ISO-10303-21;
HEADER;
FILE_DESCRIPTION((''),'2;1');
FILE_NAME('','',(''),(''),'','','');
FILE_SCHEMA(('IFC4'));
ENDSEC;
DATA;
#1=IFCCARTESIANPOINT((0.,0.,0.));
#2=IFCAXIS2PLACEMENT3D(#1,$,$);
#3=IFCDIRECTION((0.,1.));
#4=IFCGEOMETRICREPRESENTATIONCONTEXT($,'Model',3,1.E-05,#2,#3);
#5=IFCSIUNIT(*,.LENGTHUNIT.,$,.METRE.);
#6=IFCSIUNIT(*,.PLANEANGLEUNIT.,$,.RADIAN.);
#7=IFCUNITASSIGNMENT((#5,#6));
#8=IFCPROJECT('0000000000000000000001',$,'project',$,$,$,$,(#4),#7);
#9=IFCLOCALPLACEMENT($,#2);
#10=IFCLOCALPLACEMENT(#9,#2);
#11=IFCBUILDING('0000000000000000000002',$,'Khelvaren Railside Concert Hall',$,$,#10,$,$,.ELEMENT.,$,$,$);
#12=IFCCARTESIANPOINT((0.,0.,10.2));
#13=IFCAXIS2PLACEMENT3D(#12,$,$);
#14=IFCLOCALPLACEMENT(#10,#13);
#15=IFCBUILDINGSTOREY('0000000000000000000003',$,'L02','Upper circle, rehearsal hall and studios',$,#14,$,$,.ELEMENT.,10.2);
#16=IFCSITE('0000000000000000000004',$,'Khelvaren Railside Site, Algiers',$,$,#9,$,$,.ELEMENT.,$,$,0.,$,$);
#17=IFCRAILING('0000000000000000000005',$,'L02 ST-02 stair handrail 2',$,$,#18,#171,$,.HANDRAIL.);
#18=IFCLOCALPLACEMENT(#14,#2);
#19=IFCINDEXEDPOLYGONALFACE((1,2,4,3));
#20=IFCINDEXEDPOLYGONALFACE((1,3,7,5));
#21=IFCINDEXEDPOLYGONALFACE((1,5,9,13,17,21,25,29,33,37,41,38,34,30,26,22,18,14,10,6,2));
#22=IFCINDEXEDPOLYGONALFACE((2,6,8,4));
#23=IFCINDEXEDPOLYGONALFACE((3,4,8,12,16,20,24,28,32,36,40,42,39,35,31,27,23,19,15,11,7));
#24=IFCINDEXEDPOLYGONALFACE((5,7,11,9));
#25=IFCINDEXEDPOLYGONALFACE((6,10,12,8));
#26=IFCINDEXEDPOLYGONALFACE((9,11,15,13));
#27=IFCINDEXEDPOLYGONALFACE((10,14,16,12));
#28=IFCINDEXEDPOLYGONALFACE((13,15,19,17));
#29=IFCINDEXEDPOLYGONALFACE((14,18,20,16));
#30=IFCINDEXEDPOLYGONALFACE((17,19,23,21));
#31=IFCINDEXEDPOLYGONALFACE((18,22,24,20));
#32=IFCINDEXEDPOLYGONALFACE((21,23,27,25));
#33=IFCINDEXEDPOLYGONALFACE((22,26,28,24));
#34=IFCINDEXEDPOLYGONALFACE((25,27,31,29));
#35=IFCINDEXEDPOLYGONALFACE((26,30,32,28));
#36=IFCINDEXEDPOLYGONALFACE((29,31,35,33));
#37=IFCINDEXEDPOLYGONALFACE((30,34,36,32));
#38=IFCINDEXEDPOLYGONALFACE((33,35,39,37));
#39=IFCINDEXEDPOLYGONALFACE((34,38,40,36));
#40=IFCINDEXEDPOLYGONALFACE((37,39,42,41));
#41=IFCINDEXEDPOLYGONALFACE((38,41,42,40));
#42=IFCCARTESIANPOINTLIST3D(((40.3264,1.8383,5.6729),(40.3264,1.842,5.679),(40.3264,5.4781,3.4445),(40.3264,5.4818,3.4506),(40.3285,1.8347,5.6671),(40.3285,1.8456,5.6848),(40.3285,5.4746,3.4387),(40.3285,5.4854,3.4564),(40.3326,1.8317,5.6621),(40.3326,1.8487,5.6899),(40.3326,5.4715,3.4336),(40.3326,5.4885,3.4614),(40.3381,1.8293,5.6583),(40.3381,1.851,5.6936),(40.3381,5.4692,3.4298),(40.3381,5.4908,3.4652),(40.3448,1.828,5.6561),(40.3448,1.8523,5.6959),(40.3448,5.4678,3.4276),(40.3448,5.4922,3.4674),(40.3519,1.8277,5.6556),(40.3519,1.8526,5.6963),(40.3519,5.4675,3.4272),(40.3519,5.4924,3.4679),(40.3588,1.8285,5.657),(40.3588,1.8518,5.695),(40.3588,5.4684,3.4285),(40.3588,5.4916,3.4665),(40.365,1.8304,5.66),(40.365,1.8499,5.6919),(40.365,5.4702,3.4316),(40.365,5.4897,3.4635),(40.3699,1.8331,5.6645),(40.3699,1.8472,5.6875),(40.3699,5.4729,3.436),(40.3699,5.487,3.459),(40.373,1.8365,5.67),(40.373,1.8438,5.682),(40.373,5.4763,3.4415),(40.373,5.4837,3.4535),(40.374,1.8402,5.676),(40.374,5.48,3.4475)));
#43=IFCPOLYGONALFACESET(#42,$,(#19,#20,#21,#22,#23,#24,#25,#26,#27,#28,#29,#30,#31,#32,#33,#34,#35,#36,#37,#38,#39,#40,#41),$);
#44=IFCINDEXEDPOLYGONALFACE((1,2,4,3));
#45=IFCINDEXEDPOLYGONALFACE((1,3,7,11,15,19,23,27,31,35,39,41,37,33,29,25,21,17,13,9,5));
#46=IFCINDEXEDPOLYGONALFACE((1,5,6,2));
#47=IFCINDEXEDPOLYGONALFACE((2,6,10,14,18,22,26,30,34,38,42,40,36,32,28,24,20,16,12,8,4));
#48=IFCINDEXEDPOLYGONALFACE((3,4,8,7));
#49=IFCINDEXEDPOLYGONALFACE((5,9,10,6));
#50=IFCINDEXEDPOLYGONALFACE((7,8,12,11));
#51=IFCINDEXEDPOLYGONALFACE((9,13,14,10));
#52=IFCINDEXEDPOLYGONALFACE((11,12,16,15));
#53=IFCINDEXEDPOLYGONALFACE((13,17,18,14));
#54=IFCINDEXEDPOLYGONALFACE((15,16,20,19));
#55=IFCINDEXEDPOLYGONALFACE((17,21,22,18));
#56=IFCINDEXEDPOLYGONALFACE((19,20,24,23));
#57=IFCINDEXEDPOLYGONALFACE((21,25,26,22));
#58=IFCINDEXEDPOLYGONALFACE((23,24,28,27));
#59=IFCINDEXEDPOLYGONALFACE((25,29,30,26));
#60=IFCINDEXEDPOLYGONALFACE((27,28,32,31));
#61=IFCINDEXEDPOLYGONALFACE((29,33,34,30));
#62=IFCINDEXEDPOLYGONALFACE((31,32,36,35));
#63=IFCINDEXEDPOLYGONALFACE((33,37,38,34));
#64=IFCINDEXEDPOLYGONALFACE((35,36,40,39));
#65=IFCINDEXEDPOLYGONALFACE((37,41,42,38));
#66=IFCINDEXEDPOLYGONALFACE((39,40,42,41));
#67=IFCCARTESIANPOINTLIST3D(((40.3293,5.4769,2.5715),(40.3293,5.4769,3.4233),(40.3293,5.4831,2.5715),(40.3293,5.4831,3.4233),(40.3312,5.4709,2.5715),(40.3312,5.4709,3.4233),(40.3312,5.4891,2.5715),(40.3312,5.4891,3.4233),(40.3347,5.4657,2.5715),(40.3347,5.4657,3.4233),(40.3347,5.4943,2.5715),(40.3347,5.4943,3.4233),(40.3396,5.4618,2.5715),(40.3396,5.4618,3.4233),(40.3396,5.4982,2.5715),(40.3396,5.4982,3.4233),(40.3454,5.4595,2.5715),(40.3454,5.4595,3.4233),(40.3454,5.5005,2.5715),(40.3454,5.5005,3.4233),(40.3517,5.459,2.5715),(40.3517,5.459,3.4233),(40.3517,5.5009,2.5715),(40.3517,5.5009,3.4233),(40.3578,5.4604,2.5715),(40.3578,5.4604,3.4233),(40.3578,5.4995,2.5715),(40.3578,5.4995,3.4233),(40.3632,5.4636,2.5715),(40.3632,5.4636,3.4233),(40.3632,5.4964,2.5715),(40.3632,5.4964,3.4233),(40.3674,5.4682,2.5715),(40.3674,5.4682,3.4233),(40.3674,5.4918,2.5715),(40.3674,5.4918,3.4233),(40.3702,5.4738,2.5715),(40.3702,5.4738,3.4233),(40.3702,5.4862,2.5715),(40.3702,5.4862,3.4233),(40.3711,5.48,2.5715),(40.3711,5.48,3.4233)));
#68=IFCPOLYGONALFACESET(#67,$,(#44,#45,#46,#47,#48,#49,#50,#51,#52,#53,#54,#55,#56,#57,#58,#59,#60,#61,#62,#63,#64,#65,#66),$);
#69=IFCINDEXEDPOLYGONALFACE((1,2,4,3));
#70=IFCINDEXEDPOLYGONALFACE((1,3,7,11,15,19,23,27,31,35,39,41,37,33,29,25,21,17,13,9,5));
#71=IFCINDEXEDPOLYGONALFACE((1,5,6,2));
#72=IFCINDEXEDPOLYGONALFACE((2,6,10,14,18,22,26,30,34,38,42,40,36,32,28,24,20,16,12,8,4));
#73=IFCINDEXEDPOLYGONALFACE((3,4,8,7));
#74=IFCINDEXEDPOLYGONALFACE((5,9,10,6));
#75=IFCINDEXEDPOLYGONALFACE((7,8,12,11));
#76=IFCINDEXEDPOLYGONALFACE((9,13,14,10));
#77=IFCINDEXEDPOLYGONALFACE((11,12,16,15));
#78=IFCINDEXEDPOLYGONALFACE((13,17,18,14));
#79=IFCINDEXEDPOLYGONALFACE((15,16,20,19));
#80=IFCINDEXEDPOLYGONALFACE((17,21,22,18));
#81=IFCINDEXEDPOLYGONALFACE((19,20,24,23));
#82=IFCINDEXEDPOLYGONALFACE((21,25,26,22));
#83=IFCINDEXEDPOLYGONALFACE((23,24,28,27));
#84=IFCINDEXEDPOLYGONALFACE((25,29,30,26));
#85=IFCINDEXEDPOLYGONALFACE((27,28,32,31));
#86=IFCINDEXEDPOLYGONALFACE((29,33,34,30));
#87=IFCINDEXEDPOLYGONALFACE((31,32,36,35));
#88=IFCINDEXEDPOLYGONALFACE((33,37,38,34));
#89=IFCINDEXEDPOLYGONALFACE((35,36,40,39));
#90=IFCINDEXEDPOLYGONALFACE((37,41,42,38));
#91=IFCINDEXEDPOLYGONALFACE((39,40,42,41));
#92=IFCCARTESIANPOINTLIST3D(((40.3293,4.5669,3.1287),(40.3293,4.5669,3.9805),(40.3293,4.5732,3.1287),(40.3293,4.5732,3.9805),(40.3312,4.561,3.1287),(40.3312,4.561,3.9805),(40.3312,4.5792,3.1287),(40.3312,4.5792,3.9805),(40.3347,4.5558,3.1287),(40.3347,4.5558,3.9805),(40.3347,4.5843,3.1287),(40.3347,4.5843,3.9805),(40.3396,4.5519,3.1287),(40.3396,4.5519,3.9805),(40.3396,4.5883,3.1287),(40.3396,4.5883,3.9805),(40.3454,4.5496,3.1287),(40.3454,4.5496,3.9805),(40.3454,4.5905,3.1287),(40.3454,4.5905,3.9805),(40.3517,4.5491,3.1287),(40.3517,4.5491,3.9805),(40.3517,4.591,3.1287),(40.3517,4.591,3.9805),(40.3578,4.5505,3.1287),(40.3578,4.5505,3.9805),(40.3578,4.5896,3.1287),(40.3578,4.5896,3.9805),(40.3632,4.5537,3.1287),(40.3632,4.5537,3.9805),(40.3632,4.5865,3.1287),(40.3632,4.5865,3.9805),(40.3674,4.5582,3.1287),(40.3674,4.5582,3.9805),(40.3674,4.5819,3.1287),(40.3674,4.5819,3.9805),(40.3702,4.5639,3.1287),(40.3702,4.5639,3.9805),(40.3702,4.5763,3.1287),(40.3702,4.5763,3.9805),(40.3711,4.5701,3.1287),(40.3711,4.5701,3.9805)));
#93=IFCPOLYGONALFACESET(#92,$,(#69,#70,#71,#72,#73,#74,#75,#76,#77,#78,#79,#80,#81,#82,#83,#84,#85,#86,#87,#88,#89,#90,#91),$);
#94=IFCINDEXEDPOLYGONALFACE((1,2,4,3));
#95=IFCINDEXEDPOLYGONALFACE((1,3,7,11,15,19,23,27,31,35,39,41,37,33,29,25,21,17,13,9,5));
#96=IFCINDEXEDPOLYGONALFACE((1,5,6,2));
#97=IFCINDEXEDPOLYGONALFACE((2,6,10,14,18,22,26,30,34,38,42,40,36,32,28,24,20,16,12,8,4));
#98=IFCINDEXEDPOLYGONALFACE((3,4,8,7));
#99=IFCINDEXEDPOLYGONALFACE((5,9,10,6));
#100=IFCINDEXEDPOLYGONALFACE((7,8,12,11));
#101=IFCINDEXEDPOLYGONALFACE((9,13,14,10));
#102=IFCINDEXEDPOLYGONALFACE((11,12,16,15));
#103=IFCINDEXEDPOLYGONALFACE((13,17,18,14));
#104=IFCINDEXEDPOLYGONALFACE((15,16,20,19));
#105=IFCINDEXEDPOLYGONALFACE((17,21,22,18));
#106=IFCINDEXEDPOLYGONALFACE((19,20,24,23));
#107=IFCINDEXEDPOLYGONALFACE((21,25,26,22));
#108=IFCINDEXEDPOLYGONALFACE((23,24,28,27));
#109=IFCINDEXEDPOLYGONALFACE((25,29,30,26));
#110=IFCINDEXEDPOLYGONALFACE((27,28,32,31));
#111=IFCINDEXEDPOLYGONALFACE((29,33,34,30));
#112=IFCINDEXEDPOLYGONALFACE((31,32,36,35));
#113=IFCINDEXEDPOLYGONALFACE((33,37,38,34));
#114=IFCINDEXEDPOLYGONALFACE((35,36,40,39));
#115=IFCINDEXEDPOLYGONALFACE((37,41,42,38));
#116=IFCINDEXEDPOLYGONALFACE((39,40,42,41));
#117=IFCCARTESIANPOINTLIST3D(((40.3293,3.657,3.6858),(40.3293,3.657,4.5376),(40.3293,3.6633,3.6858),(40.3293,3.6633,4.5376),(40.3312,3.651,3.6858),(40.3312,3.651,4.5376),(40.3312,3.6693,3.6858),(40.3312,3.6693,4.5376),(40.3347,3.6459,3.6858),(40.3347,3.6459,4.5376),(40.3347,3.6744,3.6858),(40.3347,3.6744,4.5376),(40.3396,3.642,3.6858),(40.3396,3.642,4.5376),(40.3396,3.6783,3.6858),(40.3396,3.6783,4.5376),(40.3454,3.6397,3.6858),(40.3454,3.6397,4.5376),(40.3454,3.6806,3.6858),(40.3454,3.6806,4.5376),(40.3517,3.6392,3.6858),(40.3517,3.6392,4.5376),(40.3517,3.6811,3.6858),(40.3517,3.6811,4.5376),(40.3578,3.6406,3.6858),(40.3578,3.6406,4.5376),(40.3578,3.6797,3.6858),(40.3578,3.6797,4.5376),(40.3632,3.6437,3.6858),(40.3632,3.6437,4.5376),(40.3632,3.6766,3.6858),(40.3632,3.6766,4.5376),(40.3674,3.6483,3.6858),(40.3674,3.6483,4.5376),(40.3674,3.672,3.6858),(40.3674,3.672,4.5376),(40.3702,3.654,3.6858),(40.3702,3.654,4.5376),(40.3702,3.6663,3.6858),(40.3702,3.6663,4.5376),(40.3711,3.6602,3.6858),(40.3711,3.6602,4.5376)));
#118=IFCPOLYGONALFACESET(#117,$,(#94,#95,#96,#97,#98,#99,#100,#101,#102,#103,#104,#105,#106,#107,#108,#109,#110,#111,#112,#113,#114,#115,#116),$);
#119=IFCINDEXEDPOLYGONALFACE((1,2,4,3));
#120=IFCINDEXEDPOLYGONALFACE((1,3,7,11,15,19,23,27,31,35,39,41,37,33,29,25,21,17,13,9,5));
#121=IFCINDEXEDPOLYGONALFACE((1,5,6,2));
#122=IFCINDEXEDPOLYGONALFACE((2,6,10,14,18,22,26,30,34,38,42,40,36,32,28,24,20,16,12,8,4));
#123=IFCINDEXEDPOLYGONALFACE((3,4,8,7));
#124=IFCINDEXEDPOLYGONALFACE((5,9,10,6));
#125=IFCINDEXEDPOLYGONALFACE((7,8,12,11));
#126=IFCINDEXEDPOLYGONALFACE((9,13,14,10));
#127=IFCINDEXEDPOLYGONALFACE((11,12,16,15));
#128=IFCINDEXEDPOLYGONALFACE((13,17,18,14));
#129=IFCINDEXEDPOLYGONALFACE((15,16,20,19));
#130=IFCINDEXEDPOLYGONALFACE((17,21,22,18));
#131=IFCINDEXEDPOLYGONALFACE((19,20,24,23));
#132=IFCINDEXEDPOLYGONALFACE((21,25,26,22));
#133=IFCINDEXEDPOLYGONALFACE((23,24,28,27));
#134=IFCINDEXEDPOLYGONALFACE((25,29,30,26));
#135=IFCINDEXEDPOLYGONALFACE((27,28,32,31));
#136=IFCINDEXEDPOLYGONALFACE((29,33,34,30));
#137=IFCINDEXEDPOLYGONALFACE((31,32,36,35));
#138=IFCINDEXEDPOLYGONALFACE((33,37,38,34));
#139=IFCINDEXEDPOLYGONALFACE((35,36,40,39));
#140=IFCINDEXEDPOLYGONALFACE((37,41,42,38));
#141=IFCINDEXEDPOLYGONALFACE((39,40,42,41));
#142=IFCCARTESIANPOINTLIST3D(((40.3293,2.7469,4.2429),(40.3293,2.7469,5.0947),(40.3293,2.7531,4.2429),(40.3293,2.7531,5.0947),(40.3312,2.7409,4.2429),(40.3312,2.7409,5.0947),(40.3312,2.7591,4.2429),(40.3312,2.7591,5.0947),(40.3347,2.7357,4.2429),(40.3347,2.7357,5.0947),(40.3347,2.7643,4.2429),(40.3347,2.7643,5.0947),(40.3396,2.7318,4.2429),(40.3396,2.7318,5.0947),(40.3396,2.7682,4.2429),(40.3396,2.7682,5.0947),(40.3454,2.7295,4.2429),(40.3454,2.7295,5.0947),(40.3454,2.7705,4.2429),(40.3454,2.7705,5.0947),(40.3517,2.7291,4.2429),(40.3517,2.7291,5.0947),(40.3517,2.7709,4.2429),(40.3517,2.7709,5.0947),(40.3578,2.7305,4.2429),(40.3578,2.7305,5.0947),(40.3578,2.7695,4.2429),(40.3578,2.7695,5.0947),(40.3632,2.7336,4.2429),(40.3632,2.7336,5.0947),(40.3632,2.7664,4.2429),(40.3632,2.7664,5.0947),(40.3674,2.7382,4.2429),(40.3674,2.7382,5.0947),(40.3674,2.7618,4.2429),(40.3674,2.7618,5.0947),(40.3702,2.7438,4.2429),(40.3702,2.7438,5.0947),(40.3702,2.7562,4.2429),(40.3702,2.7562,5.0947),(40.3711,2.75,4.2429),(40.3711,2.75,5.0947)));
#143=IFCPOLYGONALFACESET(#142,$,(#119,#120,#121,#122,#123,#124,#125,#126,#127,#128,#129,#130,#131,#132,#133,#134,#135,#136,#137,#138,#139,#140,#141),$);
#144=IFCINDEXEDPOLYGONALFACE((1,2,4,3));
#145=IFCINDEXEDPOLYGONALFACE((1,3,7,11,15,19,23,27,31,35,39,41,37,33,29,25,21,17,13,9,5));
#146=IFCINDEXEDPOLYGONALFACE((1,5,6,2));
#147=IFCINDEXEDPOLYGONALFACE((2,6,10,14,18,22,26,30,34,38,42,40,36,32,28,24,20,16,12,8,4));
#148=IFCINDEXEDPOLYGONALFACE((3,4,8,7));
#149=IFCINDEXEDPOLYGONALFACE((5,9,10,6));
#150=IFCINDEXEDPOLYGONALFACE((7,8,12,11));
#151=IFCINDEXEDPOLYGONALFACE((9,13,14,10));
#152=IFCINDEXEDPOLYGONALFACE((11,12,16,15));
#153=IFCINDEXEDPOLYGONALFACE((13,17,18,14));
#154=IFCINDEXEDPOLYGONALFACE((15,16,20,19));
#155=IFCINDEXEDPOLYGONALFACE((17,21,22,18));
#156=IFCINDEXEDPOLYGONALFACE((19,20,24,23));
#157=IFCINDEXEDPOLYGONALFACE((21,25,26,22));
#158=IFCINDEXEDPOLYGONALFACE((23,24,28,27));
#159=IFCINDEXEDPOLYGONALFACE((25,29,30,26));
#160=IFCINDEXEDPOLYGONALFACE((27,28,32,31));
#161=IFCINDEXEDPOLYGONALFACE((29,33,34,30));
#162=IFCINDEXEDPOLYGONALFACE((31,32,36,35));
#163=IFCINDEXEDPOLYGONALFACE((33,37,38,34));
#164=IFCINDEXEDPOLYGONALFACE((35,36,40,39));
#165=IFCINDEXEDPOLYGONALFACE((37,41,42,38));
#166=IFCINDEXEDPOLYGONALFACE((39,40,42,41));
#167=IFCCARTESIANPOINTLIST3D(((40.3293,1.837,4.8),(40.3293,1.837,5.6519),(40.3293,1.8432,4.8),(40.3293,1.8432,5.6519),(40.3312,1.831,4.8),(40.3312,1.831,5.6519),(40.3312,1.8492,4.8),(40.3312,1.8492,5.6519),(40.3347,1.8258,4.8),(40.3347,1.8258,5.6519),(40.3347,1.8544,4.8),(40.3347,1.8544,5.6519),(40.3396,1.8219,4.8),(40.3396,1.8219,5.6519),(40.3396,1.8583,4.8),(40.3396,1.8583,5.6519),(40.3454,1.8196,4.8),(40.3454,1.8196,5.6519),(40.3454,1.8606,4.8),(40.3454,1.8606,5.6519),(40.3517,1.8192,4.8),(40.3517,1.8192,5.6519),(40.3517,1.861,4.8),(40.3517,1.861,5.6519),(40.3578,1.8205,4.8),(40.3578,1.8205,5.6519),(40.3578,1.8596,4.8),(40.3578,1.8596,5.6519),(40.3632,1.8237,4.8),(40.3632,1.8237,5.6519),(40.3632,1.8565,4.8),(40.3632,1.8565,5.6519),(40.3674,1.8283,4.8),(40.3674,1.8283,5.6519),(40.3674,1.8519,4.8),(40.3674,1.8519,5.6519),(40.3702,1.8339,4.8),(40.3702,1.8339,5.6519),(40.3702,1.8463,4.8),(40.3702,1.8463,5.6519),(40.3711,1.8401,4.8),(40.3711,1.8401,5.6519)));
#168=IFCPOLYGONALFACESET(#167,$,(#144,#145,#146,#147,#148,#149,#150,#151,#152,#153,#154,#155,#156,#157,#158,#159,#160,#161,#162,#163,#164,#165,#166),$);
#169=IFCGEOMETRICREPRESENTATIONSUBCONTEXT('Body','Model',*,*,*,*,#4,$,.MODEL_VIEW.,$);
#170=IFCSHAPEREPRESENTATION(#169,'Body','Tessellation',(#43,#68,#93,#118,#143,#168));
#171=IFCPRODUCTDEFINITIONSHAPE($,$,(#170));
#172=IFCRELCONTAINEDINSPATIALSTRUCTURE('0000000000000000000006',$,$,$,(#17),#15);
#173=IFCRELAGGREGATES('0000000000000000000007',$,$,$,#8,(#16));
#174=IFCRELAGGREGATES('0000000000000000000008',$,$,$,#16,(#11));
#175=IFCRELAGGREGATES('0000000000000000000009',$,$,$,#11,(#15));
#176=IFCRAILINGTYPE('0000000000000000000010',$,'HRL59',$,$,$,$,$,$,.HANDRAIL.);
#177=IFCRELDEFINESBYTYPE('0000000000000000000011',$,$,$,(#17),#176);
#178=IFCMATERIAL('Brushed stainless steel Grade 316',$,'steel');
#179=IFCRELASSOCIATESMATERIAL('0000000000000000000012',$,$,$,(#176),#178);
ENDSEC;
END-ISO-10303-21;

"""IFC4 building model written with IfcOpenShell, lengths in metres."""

from ifc_helpers import new_model, si_unit, direction, frame, origin, origin_2d, place, context, subcontext, project, spatial, circle, extrude, material, type_object, element, save


model = new_model("IFC4")

# Units and contexts
model_context = context("Model", 3, precision=1e-05, world=origin(), true_north=direction((0.0, 1.0)))
body_context = subcontext(model_context, "Body", "Model", "MODEL_VIEW")
ifc_project = project(units=[si_unit("LENGTHUNIT", "METRE"), si_unit("PLANEANGLEUNIT", "RADIAN")], contexts=[model_context])

# Site, building, storey
site_placement = place(None, origin())
site = spatial("IfcSite", under=ifc_project, at=site_placement, Name="Khelvaren Railside Site, Algiers", CompositionType="ELEMENT", RefElevation=0.0)
building_placement = place(site_placement, origin())
building = spatial("IfcBuilding", under=site, at=building_placement, Name="Khelvaren Railside Concert Hall", CompositionType="ELEMENT")
storey_placement = place(building_placement, frame((0.0, 0.0, 10.2)))
storey = spatial("IfcBuildingStorey", under=building, at=storey_placement, Name="L02", Description="Upper circle, rehearsal hall and studios", CompositionType="ELEMENT", Elevation=10.2)

# Railing
ifc_material_1 = material(Name="Brushed stainless steel Grade 316", Category="steel")
railing_type_1 = type_object("IfcRailingType", Name="HRL59", PredefinedType="HANDRAIL", material=ifc_material_1)
railing_1_placement = place(storey_placement, frame((40.3501, 5.48, 2.5715)))
element("IfcRailing", 1, at=railing_1_placement, inside=storey, type_object=railing_type_1, Name="L02 ST-02 stair handrail 2", PredefinedType="HANDRAIL", context=body_context, shape_type="SweptSolid", body=[
    extrude(circle(Radius=0.0239, at=origin_2d()), frame((0.0, 0.0, 0.876), z_axis=(0.0, -0.85285, 0.522156), x_axis=(1.0, 0.0, 0.0)), (0.0, 0.0, 1.0), 4.2678),
    extrude(circle(Radius=0.021, at=origin_2d()), origin(), (0.0, 0.0, 1.0), 0.8518),
    extrude(circle(Radius=0.021, at=origin_2d()), frame((0.0, -0.9099, 0.5571)), (0.0, 0.0, 1.0), 0.8518),
    extrude(circle(Radius=0.021, at=origin_2d()), frame((0.0, -1.8198, 1.1143)), (0.0, 0.0, 1.0), 0.8518),
    extrude(circle(Radius=0.021, at=origin_2d()), frame((0.0, -2.73, 1.6714)), (0.0, 0.0, 1.0), 0.8518),
    extrude(circle(Radius=0.021, at=origin_2d()), frame((0.0, -3.6399, 2.2285)), (0.0, 0.0, 1.0), 0.8518),
])

save(model, "model.ifc")
